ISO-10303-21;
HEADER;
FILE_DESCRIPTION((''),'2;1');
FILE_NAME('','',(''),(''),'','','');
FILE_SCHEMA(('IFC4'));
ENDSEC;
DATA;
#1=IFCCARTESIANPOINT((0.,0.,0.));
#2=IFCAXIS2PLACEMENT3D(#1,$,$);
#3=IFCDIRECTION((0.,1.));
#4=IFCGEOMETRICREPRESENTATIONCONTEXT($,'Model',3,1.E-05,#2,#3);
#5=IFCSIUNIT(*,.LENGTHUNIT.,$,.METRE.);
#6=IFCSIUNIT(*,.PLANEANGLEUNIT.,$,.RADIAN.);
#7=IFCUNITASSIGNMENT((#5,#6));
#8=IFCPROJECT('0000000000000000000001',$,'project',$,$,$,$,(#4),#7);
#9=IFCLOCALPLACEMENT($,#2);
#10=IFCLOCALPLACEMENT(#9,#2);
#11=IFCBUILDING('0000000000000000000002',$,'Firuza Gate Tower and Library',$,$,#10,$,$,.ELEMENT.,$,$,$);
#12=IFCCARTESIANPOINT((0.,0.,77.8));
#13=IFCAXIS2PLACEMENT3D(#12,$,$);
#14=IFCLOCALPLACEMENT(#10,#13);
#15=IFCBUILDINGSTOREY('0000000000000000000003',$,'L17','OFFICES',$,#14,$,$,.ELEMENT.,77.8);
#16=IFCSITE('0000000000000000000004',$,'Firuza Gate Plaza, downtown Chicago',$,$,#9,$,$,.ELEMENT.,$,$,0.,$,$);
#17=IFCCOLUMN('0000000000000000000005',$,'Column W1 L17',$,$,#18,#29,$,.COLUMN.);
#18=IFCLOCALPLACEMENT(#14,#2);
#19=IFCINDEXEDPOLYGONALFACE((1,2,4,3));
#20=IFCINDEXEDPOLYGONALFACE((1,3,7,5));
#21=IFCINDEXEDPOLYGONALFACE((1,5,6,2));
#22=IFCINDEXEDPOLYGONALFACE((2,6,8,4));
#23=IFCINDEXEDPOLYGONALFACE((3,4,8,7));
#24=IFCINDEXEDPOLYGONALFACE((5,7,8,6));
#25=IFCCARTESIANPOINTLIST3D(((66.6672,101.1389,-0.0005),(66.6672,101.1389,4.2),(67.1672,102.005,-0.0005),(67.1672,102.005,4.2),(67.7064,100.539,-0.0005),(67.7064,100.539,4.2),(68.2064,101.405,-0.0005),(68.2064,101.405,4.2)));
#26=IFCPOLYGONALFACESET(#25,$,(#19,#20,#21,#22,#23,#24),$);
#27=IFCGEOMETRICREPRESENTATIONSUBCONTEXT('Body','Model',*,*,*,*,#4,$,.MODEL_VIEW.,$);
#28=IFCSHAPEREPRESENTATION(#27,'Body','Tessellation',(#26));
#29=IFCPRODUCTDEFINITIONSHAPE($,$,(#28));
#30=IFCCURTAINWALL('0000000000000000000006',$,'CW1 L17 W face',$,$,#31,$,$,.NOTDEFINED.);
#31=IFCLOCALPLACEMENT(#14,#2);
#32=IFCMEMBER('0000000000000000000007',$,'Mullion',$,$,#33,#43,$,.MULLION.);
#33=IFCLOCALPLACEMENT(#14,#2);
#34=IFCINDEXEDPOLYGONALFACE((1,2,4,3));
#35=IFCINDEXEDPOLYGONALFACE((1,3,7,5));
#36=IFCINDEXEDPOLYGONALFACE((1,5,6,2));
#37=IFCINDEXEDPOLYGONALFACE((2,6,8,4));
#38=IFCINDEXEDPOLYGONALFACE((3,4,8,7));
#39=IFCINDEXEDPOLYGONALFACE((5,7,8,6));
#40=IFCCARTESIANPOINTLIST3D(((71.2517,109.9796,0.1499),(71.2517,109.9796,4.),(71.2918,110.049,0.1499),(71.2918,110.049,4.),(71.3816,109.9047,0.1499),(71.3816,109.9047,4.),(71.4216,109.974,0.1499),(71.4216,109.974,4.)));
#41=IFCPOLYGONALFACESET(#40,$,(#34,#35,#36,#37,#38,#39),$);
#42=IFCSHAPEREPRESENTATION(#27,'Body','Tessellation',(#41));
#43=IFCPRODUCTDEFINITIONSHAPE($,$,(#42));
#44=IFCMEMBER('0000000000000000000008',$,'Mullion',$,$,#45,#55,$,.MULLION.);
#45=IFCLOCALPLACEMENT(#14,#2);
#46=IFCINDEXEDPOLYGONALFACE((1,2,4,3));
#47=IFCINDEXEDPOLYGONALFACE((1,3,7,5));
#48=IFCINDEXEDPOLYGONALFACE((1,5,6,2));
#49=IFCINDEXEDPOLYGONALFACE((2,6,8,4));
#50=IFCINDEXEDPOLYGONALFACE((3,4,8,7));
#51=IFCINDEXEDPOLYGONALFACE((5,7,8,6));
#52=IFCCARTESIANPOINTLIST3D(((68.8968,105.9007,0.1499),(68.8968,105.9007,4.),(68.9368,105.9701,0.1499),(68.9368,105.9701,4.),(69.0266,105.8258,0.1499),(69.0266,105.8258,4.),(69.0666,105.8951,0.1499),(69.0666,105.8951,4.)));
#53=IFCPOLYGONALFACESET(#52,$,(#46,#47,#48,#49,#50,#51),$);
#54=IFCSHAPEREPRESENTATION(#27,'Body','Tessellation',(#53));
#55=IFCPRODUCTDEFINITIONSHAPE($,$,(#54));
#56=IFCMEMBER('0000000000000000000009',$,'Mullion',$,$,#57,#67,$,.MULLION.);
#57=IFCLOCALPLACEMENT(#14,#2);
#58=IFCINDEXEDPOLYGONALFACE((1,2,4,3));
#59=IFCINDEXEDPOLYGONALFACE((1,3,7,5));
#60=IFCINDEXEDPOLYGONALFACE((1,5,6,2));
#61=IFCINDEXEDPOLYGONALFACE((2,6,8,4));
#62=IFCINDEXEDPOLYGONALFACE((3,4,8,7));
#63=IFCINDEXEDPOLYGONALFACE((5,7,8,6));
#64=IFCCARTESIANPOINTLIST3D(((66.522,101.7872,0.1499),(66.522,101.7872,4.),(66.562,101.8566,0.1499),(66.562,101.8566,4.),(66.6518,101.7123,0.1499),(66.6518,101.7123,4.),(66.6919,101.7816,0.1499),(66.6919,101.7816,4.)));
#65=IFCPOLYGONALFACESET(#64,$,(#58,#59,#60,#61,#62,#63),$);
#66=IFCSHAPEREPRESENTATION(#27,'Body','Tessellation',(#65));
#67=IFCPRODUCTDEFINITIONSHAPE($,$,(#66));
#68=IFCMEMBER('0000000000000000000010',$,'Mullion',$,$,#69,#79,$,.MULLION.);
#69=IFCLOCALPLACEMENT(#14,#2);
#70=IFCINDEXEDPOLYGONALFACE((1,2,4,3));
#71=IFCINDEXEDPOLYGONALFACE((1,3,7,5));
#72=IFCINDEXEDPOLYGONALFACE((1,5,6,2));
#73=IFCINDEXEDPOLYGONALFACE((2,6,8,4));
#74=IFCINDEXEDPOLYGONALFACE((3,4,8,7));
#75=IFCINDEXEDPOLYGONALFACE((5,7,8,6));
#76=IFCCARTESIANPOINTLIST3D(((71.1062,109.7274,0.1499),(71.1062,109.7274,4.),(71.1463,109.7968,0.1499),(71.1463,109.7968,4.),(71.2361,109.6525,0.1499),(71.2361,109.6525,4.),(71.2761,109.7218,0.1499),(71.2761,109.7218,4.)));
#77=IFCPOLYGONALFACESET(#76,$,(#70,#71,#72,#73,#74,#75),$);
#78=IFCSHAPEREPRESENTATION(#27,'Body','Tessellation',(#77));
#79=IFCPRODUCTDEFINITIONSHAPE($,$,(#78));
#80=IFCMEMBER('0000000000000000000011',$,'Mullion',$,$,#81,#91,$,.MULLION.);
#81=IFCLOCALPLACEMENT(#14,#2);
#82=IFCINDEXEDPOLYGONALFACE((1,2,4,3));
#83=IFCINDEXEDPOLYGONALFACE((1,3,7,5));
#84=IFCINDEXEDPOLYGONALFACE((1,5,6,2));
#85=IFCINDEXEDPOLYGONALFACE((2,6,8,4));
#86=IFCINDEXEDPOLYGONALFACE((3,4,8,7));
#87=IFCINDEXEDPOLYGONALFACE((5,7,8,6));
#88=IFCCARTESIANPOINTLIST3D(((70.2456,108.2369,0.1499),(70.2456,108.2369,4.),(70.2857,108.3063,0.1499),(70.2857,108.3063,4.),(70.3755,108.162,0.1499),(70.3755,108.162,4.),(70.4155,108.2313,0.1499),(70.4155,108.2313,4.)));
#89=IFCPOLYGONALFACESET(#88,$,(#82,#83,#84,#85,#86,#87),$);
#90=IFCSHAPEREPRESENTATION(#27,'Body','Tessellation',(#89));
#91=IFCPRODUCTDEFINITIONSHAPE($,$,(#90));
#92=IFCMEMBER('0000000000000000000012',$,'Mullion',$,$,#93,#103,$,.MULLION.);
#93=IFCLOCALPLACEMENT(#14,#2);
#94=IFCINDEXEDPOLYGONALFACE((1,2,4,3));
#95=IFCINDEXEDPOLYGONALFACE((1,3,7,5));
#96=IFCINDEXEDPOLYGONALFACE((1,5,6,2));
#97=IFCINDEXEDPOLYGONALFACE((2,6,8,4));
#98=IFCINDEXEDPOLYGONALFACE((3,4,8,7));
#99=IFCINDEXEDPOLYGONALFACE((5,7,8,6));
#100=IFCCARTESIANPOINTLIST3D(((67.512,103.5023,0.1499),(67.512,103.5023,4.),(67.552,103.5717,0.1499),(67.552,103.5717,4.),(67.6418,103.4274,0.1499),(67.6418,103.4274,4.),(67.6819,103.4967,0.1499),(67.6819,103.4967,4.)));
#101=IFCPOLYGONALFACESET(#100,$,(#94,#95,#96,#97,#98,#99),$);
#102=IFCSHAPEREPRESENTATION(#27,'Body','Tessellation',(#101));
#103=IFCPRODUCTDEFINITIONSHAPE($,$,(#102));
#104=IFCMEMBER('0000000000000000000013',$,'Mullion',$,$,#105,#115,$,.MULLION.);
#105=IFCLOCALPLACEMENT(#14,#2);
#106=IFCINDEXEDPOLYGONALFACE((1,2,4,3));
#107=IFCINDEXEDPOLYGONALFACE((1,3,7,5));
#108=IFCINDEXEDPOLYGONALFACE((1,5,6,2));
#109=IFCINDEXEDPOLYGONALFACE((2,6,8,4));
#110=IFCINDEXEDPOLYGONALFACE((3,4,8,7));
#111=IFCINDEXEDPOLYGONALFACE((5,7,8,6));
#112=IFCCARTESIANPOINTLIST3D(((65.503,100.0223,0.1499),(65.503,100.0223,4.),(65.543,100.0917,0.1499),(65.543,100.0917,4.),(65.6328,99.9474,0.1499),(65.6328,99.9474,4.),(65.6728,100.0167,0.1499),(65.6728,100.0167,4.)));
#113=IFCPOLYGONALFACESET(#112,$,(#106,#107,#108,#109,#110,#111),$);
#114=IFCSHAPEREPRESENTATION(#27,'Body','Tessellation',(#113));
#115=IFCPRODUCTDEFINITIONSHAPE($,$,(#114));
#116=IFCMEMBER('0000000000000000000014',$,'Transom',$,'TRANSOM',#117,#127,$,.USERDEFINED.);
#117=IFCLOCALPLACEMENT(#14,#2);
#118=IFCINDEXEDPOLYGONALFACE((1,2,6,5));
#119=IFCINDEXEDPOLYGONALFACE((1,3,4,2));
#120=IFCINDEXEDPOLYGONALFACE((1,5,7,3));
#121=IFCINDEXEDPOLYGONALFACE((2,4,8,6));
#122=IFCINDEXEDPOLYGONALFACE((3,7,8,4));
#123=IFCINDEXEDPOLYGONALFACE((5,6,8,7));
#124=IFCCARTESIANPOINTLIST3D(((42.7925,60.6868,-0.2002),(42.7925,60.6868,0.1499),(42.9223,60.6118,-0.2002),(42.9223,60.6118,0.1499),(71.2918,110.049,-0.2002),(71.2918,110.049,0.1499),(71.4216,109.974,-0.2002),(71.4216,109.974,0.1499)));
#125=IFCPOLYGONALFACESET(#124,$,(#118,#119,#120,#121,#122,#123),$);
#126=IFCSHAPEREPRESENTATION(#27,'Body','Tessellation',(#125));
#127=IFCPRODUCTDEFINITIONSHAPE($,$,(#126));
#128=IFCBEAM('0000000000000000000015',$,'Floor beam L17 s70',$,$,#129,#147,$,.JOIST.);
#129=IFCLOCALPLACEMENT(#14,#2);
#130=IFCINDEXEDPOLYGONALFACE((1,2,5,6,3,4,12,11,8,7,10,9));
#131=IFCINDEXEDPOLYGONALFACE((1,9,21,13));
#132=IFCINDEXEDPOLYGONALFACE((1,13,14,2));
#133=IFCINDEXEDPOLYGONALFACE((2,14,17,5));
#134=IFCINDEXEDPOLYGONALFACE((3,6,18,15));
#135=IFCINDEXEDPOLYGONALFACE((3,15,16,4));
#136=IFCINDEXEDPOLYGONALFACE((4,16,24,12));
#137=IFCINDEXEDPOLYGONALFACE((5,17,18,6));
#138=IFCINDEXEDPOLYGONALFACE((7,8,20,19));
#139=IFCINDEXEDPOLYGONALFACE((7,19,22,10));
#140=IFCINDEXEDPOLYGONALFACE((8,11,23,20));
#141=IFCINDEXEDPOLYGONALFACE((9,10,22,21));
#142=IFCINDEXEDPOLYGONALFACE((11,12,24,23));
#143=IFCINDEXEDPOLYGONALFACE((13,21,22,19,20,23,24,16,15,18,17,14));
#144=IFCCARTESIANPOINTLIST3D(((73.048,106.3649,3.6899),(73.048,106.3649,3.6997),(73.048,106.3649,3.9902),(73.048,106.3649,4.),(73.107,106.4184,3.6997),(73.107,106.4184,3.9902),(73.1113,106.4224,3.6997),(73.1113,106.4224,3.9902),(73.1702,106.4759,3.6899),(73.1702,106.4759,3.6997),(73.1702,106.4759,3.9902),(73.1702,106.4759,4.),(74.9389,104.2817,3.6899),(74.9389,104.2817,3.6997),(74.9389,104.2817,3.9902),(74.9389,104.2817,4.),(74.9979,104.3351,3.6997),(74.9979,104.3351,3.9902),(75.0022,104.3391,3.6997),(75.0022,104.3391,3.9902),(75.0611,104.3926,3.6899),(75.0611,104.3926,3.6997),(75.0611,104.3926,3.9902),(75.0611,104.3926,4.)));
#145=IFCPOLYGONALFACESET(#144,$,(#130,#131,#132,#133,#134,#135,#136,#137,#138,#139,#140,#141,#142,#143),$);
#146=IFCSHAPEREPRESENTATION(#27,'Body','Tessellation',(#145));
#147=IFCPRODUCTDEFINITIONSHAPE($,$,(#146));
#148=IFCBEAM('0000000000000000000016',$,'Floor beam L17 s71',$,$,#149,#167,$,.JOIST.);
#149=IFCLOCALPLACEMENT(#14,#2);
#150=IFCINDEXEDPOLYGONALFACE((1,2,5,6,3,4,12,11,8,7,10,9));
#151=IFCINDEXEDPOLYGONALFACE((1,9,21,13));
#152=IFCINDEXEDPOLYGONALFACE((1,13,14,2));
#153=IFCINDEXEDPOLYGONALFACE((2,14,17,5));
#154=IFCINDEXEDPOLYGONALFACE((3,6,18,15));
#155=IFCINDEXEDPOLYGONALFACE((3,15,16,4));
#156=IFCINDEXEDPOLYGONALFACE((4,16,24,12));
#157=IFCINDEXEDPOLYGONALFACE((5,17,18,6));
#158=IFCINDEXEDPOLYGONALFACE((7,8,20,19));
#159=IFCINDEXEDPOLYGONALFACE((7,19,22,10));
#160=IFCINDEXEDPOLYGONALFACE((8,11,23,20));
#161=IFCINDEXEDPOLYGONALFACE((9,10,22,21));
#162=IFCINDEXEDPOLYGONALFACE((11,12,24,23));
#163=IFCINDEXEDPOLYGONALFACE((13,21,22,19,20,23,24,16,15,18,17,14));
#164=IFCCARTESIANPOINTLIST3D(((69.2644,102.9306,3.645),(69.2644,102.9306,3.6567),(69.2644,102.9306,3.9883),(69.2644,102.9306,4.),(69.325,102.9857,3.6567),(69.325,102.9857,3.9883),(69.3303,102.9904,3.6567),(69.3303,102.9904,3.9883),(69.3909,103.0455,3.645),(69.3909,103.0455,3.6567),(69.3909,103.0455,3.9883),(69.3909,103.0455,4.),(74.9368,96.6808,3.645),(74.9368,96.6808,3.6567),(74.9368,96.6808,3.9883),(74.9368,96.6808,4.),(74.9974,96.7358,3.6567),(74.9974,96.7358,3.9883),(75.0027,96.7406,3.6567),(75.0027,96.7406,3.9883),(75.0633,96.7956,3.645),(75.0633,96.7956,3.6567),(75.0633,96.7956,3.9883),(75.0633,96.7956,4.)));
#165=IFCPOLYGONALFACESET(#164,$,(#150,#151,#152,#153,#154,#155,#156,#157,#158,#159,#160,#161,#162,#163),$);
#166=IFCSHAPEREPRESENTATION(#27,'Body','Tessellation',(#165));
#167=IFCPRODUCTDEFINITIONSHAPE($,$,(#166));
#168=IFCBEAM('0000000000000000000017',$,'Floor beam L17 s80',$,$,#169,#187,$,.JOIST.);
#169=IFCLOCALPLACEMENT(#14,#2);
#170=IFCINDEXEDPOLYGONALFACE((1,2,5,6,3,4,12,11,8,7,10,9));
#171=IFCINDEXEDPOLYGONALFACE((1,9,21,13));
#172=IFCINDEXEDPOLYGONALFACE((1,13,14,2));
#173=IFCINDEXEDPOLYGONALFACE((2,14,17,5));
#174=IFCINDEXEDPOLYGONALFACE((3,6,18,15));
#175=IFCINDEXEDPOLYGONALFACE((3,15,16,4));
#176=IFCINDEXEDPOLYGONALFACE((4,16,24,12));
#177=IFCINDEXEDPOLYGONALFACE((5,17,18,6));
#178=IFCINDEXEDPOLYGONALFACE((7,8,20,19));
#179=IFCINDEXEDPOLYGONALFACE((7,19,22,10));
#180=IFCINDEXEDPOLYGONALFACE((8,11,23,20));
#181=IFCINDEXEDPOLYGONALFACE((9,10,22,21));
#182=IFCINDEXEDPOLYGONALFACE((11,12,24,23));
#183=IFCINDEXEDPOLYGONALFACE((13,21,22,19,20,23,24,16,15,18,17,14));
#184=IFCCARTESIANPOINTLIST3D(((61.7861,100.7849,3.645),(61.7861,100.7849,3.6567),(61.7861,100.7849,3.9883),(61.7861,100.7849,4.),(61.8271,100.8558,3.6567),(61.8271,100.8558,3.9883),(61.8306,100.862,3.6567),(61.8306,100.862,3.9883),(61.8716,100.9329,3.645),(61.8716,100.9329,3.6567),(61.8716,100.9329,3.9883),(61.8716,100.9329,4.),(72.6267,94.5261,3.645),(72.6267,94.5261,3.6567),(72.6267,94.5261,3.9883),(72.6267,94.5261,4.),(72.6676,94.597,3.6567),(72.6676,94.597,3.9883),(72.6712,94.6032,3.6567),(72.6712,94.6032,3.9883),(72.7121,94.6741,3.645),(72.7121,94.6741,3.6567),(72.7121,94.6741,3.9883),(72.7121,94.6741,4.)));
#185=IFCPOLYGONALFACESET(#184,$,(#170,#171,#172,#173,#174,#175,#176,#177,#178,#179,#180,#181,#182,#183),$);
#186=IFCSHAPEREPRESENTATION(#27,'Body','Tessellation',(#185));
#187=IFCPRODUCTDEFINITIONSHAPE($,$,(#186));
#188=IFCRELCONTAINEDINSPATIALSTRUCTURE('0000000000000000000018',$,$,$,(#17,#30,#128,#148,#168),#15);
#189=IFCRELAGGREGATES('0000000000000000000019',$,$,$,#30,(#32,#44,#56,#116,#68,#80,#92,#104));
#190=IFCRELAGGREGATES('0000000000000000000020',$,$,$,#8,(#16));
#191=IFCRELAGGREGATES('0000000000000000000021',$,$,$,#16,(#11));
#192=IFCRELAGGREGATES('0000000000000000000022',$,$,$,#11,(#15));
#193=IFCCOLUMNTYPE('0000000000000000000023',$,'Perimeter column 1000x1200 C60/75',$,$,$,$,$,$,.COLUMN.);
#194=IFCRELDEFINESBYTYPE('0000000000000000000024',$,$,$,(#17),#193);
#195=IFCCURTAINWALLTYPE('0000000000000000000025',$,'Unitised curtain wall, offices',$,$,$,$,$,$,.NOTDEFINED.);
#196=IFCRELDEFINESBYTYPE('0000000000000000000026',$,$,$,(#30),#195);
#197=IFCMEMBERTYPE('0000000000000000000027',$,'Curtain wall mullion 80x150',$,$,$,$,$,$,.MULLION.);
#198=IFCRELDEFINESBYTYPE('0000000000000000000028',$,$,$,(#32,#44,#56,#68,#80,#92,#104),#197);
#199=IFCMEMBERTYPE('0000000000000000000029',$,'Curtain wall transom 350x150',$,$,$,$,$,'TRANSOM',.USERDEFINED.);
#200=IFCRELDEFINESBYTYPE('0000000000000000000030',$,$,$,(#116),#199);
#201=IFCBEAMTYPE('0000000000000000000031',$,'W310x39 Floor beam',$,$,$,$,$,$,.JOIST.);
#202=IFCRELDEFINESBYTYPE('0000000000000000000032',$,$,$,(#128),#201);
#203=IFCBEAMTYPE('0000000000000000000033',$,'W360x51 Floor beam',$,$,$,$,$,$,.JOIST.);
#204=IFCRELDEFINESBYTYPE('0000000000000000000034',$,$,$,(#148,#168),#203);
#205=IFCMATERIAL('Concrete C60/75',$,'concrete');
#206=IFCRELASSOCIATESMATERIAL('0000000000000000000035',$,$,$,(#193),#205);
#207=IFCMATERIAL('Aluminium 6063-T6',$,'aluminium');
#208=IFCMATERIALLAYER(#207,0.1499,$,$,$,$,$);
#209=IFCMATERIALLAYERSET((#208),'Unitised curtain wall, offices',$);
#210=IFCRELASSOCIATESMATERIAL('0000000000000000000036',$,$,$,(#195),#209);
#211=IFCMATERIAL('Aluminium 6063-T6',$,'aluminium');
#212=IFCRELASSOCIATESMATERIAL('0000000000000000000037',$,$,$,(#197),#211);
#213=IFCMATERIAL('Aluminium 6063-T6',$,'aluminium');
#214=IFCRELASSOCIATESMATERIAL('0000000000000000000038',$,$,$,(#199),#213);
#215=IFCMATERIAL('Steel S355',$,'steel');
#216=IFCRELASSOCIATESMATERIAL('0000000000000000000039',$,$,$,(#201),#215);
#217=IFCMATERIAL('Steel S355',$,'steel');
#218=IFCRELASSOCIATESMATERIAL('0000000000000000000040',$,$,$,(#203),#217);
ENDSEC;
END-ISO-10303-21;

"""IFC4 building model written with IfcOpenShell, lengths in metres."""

from ifc_helpers import new_model, si_unit, direction, frame, origin, origin_2d, place, context, subcontext, project, spatial, rectangle, i_section, extrude, material, layer, layer_set, material_profile, profile_set, type_object, element, aggregate, save


model = new_model("IFC4")

# Units and contexts
model_context = context("Model", 3, precision=1e-05, world=origin(), true_north=direction((0.0, 1.0)))
body_context = subcontext(model_context, "Body", "Model", "MODEL_VIEW")
ifc_project = project(units=[si_unit("LENGTHUNIT", "METRE"), si_unit("PLANEANGLEUNIT", "RADIAN")], contexts=[model_context])

# Site, building, storey
site_placement = place(None, origin())
site = spatial("IfcSite", under=ifc_project, at=site_placement, Name="Firuza Gate Plaza, downtown Chicago", CompositionType="ELEMENT", RefElevation=0.0)
building_placement = place(site_placement, origin())
building = spatial("IfcBuilding", under=site, at=building_placement, Name="Firuza Gate Tower and Library", CompositionType="ELEMENT")
storey_placement = place(building_placement, frame((0.0, 0.0, 77.8)))
storey = spatial("IfcBuildingStorey", under=building, at=storey_placement, Name="L17", Description="OFFICES", CompositionType="ELEMENT", Elevation=77.8)

# Column
ifc_material_1 = material(Name="Concrete C60/75", Category="concrete")
ifc_material_profile_1 = material_profile(ifc_material_1, rectangle(XDim=1.0, YDim=1.2, at=origin_2d()))
ifc_profile_set_1 = profile_set([ifc_material_profile_1], Name="Concrete C60/75")
column_type = type_object("IfcColumnType", Name="Perimeter column 1000x1200 C60/75", PredefinedType="COLUMN", material=ifc_profile_set_1)
column_placement = place(storey_placement, frame((67.4368, 101.272, -0.0005), z_axis=(0.0, 0.0, 1.0), x_axis=(-0.5, -0.866025, 0.0)))
element("IfcColumn", 1, at=column_placement, inside=storey, type_object=column_type, Name="Column W1 L17", PredefinedType="COLUMN", context=body_context, shape_type="SweptSolid", body=[
    extrude(rectangle(XDim=1.0, YDim=1.2, at=origin_2d()), origin(), (0.0, 0.0, 1.0), 4.2004),
])

# Curtain wall, members
ifc_material_2 = material(Name="Aluminium 6063-T6", Category="aluminium")
ifc_layer_1 = layer(ifc_material_2, 0.1499)
ifc_layer_set_1 = layer_set([ifc_layer_1], Name="Unitised curtain wall, offices")
curtain_wall_type = type_object("IfcCurtainWallType", Name="Unitised curtain wall, offices", PredefinedType="NOTDEFINED", material=ifc_layer_set_1)
curtain_wall_placement = place(storey_placement, origin())
curtain_wall = element("IfcCurtainWall", 2, at=curtain_wall_placement, inside=storey, type_object=curtain_wall_type, Name="CW1 L17 W face", PredefinedType="NOTDEFINED")
ifc_material_3 = material(Name="Aluminium 6063-T6", Category="aluminium")
ifc_material_profile_2 = material_profile(ifc_material_3, rectangle(XDim=0.1499, YDim=0.0801, at=origin_2d()))
ifc_profile_set_2 = profile_set([ifc_material_profile_2], Name="Aluminium 6063-T6")
member_type_1 = type_object("IfcMemberType", Name="Curtain wall mullion 80x150", PredefinedType="MULLION", material=ifc_profile_set_2)
member_1_placement = place(storey_placement, frame((71.3367, 109.9768, 0.1499), z_axis=(0.0, 0.0, 1.0), x_axis=(0.866025, -0.5, 0.0)))
member_1 = element("IfcMember", 3, at=member_1_placement, type_object=member_type_1, Name="Mullion", PredefinedType="MULLION", context=body_context, shape_type="SweptSolid", body=[
    extrude(rectangle(XDim=0.1499, YDim=0.0801, at=origin_2d()), origin(), (0.0, 0.0, 1.0), 3.8501),
])
member_2_placement = place(storey_placement, frame((68.9817, 105.8979, 0.1499), z_axis=(0.0, 0.0, 1.0), x_axis=(0.866025, -0.5, 0.0)))
member_2 = element("IfcMember", 4, at=member_2_placement, type_object=member_type_1, Name="Mullion", PredefinedType="MULLION", context=body_context, shape_type="SweptSolid", body=[
    extrude(rectangle(XDim=0.1499, YDim=0.0801, at=origin_2d()), origin(), (0.0, 0.0, 1.0), 3.8501),
])
member_3_placement = place(storey_placement, frame((66.6069, 101.7844, 0.1499), z_axis=(0.0, 0.0, 1.0), x_axis=(0.866025, -0.5, 0.0)))
member_3 = element("IfcMember", 5, at=member_3_placement, type_object=member_type_1, Name="Mullion", PredefinedType="MULLION", context=body_context, shape_type="SweptSolid", body=[
    extrude(rectangle(XDim=0.1499, YDim=0.0801, at=origin_2d()), origin(), (0.0, 0.0, 1.0), 3.8501),
])
member_4_placement = place(storey_placement, frame((71.1912, 109.7246, 0.1499), z_axis=(0.0, 0.0, 1.0), x_axis=(0.866025, -0.5, 0.0)))
member_4 = element("IfcMember", 6, at=member_4_placement, type_object=member_type_1, Name="Mullion", PredefinedType="MULLION", context=body_context, shape_type="SweptSolid", body=[
    extrude(rectangle(XDim=0.1499, YDim=0.0801, at=origin_2d()), origin(), (0.0, 0.0, 1.0), 3.8501),
])
member_5_placement = place(storey_placement, frame((70.3306, 108.2341, 0.1499), z_axis=(0.0, 0.0, 1.0), x_axis=(0.866025, -0.5, 0.0)))
member_5 = element("IfcMember", 7, at=member_5_placement, type_object=member_type_1, Name="Mullion", PredefinedType="MULLION", context=body_context, shape_type="SweptSolid", body=[
    extrude(rectangle(XDim=0.1499, YDim=0.0801, at=origin_2d()), origin(), (0.0, 0.0, 1.0), 3.8501),
])
member_6_placement = place(storey_placement, frame((67.5969, 103.4995, 0.1499), z_axis=(0.0, 0.0, 1.0), x_axis=(0.866025, -0.5, 0.0)))
member_6 = element("IfcMember", 8, at=member_6_placement, type_object=member_type_1, Name="Mullion", PredefinedType="MULLION", context=body_context, shape_type="SweptSolid", body=[
    extrude(rectangle(XDim=0.1499, YDim=0.0801, at=origin_2d()), origin(), (0.0, 0.0, 1.0), 3.8501),
])
member_7_placement = place(storey_placement, frame((65.5879, 100.0195, 0.1499), z_axis=(0.0, 0.0, 1.0), x_axis=(0.866025, -0.5, 0.0)))
member_7 = element("IfcMember", 9, at=member_7_placement, type_object=member_type_1, Name="Mullion", PredefinedType="MULLION", context=body_context, shape_type="SweptSolid", body=[
    extrude(rectangle(XDim=0.1499, YDim=0.0801, at=origin_2d()), origin(), (0.0, 0.0, 1.0), 3.8501),
])
ifc_material_4 = material(Name="Aluminium 6063-T6", Category="aluminium")
ifc_material_profile_3 = material_profile(ifc_material_4, rectangle(XDim=0.1499, YDim=0.3501, at=origin_2d()))
ifc_profile_set_3 = profile_set([ifc_material_profile_3], Name="Aluminium 6063-T6")
member_type_2 = type_object("IfcMemberType", Name="Curtain wall transom 350x150", ElementType="TRANSOM", PredefinedType="USERDEFINED", material=ifc_profile_set_3)
member_8_placement = place(storey_placement, frame((71.3567, 110.0115, -0.0251), z_axis=(-0.500001, -0.866025, 0.0), x_axis=(0.866025, -0.500001, 0.0)))
member_8 = element("IfcMember", 10, at=member_8_placement, type_object=member_type_2, Name="Transom", ObjectType="TRANSOM", PredefinedType="USERDEFINED", context=body_context, shape_type="SweptSolid", body=[
    extrude(rectangle(XDim=0.1499, YDim=0.3501, at=origin_2d()), origin(), (0.0, 0.0, 1.0), 56.9985),
])

# Beams
ifc_material_5 = material(Name="Steel S355", Category="steel")
ifc_material_profile_4 = material_profile(ifc_material_5, i_section(OverallWidth=0.165, OverallDepth=0.3101, WebThickness=0.0059, FlangeThickness=0.0098, at=origin_2d()))
ifc_profile_set_4 = profile_set([ifc_material_profile_4], Name="Steel S355")
beam_type_1 = type_object("IfcBeamType", Name="W310x39 Floor beam", PredefinedType="JOIST", material=ifc_profile_set_4)
beam_1_placement = place(storey_placement, frame((73.1091, 106.4204, 3.845), z_axis=(0.672089, -0.74047, 0.0), x_axis=(0.74047, 0.672089, 0.0)))
element("IfcBeam", 11, at=beam_1_placement, inside=storey, type_object=beam_type_1, Name="Floor beam L17 s70", PredefinedType="JOIST", context=body_context, shape_type="SweptSolid", body=[
    extrude(i_section(OverallWidth=0.165, OverallDepth=0.3101, WebThickness=0.0059, FlangeThickness=0.0098, at=origin_2d()), origin(), (0.0, 0.0, 1.0), 2.8135),
])
ifc_material_6 = material(Name="Steel S355", Category="steel")
ifc_material_profile_5 = material_profile(ifc_material_6, i_section(OverallWidth=0.1709, OverallDepth=0.355, WebThickness=0.0071, FlangeThickness=0.0117, at=origin_2d()))
ifc_profile_set_5 = profile_set([ifc_material_profile_5], Name="Steel S355")
beam_type_2 = type_object("IfcBeamType", Name="W360x51 Floor beam", PredefinedType="JOIST", material=ifc_profile_set_5)
beam_2_placement = place(storey_placement, frame((69.3276, 102.988, 3.8225), z_axis=(0.672074, -0.740484, 0.0), x_axis=(0.740484, 0.672074, 0.0)))
element("IfcBeam", 12, at=beam_2_placement, inside=storey, type_object=beam_type_2, Name="Floor beam L17 s71", PredefinedType="JOIST", context=body_context, shape_type="SweptSolid", body=[
    extrude(i_section(OverallWidth=0.1709, OverallDepth=0.355, WebThickness=0.0071, FlangeThickness=0.0117, at=origin_2d()), origin(), (0.0, 0.0, 1.0), 8.4402),
])
beam_3_placement = place(storey_placement, frame((61.8289, 100.8589, 3.8225), z_axis=(0.866026, -0.499999, 0.0), x_axis=(0.499999, 0.866026, 0.0)))
element("IfcBeam", 13, at=beam_3_placement, inside=storey, type_object=beam_type_2, Name="Floor beam L17 s80", PredefinedType="JOIST", context=body_context, shape_type="SweptSolid", body=[
    extrude(i_section(OverallWidth=0.1709, OverallDepth=0.355, WebThickness=0.0071, FlangeThickness=0.0117, at=origin_2d()), origin(), (0.0, 0.0, 1.0), 12.5176),
])

aggregate(curtain_wall, [member_1, member_2, member_3, member_8, member_4, member_5, member_6, member_7])

save(model, "model.ifc")
